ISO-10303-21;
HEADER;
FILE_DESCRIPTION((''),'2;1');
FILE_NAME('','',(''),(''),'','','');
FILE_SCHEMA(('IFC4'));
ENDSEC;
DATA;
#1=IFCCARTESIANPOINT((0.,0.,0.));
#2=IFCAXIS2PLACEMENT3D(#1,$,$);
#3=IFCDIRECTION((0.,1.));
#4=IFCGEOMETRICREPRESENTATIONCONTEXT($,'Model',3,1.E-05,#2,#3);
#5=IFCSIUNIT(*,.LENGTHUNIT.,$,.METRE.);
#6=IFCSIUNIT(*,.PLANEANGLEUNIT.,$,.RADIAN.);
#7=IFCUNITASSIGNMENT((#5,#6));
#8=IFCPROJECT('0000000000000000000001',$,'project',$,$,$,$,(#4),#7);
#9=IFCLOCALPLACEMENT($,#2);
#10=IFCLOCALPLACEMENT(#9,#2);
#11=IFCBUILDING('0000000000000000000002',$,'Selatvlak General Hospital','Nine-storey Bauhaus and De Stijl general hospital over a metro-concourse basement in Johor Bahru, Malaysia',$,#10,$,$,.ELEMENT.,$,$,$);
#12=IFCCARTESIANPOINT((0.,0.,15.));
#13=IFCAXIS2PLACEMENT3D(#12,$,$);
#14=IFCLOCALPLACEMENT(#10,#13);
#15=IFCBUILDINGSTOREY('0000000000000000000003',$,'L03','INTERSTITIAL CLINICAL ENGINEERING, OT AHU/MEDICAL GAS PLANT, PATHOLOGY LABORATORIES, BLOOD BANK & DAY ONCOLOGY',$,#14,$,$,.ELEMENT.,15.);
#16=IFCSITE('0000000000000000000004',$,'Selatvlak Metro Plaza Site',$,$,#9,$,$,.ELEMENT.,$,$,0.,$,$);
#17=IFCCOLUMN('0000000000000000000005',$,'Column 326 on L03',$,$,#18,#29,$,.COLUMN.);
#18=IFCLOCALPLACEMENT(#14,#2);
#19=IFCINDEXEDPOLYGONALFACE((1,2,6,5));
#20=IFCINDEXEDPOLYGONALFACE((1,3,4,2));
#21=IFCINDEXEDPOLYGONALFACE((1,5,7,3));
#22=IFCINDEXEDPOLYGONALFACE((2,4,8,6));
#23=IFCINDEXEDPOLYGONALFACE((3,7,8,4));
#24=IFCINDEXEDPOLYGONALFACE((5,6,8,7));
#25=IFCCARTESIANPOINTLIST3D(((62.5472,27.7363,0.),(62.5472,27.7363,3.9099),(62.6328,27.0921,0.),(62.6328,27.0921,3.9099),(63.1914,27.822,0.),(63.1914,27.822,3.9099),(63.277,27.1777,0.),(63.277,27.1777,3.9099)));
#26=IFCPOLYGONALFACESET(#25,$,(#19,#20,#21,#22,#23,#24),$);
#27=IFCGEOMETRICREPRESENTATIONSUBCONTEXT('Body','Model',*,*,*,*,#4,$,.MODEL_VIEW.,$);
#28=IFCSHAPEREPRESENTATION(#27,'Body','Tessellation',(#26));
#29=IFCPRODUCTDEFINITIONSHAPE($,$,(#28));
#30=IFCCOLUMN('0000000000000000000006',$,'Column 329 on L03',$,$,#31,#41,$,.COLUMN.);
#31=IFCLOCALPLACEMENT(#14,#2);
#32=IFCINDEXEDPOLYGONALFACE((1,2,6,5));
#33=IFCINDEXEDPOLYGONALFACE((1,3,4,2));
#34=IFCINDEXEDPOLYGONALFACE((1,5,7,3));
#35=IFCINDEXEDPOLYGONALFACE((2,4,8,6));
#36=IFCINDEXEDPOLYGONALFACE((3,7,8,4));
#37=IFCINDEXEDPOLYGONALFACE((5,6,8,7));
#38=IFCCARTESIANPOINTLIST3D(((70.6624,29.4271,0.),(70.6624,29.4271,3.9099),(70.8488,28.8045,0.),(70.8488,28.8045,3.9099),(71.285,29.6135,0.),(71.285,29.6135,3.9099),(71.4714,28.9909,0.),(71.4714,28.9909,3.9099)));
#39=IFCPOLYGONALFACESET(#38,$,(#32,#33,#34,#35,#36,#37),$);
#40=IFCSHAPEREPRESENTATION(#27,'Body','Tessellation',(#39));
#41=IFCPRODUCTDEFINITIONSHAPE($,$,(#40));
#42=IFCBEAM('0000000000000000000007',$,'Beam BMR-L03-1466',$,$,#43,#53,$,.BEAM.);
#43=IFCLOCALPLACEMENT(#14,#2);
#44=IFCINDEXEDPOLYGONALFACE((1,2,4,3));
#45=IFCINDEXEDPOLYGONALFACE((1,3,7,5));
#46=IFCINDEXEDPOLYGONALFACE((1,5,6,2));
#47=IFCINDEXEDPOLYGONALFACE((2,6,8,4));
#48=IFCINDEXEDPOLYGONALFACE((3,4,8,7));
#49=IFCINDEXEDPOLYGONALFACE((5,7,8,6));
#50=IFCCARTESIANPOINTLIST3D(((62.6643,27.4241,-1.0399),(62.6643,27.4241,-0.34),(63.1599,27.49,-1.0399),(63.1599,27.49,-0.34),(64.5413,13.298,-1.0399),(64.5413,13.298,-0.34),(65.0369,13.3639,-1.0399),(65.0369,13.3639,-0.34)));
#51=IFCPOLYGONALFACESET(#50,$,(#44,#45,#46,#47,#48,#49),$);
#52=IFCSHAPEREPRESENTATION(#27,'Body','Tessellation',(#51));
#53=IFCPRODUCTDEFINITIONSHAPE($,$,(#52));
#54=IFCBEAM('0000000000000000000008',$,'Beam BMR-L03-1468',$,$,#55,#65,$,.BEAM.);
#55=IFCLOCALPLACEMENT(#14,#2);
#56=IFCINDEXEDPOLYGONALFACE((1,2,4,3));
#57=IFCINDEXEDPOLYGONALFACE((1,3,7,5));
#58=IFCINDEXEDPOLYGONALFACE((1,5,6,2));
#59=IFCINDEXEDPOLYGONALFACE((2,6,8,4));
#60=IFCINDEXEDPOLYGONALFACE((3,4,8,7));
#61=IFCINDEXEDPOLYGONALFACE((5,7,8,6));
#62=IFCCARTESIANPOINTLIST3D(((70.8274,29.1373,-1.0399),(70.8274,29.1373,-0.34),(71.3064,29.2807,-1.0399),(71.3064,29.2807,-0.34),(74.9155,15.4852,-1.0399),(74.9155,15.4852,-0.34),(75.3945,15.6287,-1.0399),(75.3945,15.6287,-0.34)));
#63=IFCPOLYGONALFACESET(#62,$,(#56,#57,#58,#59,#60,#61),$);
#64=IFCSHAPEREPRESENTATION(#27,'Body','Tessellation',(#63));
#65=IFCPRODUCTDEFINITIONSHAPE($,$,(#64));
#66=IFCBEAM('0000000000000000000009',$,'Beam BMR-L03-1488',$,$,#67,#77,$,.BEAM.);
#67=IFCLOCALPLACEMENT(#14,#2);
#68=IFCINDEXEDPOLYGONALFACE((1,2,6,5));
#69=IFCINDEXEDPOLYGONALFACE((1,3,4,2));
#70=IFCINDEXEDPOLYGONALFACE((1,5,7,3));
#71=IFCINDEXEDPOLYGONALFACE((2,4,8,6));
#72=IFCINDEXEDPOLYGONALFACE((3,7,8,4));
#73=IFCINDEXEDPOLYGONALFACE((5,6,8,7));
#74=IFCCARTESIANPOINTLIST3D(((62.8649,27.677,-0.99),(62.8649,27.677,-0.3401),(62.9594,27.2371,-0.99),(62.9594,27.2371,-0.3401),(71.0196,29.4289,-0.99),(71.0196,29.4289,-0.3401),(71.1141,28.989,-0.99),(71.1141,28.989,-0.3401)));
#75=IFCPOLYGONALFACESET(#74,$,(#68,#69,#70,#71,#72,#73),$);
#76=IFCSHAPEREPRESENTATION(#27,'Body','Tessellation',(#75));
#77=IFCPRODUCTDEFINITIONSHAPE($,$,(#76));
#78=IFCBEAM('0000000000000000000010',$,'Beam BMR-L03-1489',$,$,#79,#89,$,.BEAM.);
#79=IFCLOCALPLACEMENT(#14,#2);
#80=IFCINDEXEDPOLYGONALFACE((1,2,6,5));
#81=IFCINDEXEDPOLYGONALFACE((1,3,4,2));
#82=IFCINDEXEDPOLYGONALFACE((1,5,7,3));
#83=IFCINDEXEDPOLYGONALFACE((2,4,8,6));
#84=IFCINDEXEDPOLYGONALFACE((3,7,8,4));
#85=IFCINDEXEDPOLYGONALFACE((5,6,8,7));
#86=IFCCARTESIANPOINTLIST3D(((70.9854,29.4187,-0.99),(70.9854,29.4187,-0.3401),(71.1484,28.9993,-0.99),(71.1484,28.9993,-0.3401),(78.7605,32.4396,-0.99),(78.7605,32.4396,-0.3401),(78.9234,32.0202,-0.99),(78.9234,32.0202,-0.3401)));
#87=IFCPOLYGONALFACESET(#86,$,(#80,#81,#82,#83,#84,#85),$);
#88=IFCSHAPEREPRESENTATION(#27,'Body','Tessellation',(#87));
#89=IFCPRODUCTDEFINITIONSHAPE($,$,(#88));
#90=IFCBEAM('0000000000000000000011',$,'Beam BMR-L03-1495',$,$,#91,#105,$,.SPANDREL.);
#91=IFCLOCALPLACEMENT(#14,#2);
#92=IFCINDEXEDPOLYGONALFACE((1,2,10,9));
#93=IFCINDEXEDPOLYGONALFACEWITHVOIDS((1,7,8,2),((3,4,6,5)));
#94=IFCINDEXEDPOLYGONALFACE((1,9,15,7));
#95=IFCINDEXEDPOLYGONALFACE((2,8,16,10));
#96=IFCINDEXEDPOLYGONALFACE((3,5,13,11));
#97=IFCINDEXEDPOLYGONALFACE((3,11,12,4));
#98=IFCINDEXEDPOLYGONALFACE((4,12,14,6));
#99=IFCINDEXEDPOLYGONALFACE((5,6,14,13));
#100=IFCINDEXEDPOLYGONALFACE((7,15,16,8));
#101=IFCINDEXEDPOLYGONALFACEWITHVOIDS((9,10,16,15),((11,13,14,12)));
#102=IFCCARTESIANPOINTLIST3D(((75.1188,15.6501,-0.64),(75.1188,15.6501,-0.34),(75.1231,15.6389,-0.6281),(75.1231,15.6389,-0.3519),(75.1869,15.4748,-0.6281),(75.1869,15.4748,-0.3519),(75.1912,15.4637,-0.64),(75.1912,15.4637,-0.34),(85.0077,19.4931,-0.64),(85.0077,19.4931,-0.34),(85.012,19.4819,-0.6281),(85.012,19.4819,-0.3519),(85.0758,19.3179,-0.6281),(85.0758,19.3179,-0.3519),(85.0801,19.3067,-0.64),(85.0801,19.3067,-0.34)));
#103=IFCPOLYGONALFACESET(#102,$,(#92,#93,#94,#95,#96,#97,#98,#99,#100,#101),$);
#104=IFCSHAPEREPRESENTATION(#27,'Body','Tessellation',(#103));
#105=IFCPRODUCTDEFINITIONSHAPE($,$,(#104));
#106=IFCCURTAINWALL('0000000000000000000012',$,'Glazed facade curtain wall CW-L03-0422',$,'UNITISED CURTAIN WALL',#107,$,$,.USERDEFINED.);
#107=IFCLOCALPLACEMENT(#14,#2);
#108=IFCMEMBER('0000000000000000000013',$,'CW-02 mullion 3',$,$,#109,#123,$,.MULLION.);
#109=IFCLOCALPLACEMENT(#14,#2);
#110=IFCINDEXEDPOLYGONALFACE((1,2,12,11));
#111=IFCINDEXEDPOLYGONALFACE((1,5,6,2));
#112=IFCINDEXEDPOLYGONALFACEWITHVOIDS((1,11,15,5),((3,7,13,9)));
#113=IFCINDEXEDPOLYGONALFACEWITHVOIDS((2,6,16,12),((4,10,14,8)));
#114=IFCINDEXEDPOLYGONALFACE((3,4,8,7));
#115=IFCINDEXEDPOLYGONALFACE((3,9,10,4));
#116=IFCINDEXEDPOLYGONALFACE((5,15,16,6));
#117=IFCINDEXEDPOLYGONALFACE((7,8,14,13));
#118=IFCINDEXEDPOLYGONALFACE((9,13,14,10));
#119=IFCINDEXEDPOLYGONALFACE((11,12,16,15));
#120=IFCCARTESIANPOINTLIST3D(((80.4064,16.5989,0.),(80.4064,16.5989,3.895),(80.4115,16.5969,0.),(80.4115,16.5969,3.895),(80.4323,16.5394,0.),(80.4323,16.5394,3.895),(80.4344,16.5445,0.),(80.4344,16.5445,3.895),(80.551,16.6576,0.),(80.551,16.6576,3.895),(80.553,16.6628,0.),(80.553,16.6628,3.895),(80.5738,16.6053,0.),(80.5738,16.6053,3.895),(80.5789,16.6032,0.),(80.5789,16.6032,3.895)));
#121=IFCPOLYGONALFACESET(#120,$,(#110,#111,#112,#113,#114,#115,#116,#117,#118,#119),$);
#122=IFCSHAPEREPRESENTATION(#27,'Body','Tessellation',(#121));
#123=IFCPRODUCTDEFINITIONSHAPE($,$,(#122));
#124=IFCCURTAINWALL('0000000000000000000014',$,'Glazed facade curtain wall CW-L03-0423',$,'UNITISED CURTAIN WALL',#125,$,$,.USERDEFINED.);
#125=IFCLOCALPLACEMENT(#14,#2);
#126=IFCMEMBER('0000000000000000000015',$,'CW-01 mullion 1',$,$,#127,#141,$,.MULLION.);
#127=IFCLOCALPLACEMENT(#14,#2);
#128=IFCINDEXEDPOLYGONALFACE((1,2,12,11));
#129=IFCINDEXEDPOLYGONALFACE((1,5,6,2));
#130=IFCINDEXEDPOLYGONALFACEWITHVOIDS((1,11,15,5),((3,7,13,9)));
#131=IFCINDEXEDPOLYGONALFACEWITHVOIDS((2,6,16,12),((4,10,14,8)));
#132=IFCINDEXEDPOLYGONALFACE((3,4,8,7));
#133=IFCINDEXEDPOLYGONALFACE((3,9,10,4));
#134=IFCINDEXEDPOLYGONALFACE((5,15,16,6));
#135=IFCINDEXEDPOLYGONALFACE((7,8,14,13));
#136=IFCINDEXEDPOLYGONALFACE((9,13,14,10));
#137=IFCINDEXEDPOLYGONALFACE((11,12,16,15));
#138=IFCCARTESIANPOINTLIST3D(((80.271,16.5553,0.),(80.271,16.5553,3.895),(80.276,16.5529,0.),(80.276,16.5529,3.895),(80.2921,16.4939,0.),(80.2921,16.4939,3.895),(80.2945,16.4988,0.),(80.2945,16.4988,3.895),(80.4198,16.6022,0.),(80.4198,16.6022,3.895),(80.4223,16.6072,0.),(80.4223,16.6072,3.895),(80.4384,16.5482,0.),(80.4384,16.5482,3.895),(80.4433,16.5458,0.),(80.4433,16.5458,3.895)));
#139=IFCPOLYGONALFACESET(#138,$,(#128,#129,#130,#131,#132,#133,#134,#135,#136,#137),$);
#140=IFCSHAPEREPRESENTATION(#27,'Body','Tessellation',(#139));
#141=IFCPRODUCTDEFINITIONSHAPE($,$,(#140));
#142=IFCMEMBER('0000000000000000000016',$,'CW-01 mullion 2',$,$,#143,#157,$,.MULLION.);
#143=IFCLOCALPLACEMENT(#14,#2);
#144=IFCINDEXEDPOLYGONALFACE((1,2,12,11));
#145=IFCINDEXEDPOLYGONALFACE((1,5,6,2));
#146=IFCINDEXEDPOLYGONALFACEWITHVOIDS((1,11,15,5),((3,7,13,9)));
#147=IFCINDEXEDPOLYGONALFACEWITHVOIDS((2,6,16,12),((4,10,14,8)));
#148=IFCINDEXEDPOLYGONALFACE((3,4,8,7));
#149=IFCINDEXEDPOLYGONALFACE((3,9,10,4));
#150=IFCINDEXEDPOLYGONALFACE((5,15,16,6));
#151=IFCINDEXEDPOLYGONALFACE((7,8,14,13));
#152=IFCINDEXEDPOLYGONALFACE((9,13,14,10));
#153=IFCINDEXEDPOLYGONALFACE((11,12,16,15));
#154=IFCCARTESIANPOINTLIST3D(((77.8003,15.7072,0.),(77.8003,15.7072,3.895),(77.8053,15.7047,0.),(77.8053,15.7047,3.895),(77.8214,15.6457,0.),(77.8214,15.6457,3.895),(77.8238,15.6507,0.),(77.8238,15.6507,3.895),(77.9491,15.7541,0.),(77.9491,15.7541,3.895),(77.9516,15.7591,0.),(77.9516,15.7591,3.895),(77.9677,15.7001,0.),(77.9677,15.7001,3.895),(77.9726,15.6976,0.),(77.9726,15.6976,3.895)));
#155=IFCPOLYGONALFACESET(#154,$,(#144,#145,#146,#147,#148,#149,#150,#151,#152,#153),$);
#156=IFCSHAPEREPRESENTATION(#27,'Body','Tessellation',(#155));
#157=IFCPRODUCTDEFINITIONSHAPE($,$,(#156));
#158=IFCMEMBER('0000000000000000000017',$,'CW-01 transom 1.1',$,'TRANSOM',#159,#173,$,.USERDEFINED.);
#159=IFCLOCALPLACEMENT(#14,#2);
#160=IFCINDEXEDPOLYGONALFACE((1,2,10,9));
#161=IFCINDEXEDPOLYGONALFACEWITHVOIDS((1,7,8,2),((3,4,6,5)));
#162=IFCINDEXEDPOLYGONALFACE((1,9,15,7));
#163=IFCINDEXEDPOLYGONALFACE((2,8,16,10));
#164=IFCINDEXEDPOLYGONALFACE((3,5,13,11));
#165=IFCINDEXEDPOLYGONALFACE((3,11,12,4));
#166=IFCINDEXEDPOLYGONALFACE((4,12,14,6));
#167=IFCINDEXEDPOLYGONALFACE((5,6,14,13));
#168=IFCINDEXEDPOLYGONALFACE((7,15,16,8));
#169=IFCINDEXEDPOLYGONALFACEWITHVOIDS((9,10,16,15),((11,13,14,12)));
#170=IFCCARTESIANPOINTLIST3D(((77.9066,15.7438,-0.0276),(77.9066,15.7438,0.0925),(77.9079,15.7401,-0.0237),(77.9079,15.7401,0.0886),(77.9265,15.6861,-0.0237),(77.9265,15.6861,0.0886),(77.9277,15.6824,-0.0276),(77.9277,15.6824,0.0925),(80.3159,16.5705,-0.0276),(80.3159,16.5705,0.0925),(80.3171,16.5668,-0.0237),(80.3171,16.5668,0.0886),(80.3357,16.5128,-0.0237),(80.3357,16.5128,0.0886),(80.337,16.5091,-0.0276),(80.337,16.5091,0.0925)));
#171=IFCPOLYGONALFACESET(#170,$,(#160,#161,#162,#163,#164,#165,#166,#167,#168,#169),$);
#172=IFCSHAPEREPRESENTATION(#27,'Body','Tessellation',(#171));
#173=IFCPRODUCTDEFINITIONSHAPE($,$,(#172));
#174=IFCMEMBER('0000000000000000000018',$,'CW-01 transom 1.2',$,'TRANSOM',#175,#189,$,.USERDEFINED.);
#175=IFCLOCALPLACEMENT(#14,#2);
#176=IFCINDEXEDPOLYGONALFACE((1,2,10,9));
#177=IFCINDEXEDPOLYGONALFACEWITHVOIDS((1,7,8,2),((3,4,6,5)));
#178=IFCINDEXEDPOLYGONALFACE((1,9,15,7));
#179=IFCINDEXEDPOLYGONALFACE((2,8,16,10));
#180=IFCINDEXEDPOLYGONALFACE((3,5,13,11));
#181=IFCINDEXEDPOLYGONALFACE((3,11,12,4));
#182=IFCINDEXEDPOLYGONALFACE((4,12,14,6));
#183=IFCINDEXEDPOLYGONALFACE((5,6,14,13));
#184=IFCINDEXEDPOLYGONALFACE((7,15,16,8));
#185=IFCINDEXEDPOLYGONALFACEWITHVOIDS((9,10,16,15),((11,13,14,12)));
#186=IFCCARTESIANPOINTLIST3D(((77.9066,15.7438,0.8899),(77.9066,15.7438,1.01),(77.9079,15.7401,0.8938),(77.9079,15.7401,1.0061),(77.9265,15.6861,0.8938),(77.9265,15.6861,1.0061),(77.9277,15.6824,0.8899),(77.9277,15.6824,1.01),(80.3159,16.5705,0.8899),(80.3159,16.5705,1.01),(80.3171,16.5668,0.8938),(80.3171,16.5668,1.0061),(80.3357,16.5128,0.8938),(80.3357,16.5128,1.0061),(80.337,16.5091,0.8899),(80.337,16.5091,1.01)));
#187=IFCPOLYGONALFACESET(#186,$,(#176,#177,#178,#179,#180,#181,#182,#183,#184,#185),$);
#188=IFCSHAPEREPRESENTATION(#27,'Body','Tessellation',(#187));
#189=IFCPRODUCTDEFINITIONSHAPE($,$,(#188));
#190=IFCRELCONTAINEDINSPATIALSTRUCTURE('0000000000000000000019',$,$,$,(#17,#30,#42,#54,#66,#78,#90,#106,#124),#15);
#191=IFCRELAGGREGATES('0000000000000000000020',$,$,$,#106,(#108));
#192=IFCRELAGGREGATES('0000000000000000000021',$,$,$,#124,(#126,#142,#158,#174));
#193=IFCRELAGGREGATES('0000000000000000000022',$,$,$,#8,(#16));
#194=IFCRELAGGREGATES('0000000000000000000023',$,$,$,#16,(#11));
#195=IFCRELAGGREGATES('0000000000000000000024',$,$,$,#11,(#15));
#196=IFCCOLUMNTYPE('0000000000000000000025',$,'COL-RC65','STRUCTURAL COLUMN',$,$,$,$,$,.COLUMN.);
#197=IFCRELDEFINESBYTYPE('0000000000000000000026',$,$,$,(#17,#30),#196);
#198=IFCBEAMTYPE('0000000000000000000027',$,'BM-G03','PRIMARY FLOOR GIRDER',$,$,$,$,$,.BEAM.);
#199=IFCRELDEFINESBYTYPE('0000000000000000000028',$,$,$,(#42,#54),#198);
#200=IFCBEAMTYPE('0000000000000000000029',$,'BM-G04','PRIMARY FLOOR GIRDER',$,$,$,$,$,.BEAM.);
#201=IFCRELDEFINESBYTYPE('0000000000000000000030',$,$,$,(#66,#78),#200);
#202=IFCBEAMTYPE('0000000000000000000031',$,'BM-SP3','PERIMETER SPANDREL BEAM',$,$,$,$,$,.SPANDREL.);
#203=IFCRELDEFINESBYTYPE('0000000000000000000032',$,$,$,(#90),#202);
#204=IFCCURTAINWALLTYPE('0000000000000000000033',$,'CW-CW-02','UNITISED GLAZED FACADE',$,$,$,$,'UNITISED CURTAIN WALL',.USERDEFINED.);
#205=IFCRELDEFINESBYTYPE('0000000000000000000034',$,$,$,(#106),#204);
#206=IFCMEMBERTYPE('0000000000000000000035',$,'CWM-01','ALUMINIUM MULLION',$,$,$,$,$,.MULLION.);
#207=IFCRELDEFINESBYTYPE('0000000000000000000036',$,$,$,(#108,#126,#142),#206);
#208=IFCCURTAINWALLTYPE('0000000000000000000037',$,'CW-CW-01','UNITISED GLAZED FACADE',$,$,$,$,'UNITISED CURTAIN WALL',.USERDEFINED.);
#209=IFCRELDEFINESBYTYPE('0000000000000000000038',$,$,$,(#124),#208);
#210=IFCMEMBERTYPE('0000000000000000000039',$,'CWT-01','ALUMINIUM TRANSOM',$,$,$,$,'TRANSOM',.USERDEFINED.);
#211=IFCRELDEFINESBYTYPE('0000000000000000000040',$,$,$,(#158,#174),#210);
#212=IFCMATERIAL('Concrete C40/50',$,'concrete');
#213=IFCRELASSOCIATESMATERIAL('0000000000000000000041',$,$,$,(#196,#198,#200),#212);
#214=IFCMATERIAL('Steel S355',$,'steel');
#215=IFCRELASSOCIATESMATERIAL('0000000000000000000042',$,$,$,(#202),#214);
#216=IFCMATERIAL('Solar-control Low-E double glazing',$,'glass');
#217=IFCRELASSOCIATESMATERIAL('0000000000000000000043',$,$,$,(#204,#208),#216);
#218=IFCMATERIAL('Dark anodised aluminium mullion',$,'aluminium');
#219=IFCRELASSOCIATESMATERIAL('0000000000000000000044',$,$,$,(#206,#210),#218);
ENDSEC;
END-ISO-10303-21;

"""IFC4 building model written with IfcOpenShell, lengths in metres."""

from ifc_helpers import new_model, si_unit, direction, frame, origin, origin_2d, place, context, subcontext, project, spatial, rectangle, hollow_rectangle, extrude, material, material_profile, profile_set, type_object, element, aggregate, save


model = new_model("IFC4")

# Units and contexts
model_context = context("Model", 3, precision=1e-05, world=origin(), true_north=direction((0.0, 1.0)))
body_context = subcontext(model_context, "Body", "Model", "MODEL_VIEW")
ifc_project = project(units=[si_unit("LENGTHUNIT", "METRE"), si_unit("PLANEANGLEUNIT", "RADIAN")], contexts=[model_context])

# Site, building, storey
site_placement = place(None, origin())
site = spatial("IfcSite", under=ifc_project, at=site_placement, Name="Selatvlak Metro Plaza Site", CompositionType="ELEMENT", RefElevation=0.0)
building_placement = place(site_placement, origin())
building = spatial("IfcBuilding", under=site, at=building_placement, Name="Selatvlak General Hospital", Description="Nine-storey Bauhaus and De Stijl general hospital over a metro-concourse basement in Johor Bahru, Malaysia", CompositionType="ELEMENT")
storey_placement = place(building_placement, frame((0.0, 0.0, 15.0)))
storey = spatial("IfcBuildingStorey", under=building, at=storey_placement, Name="L03", Description="INTERSTITIAL CLINICAL ENGINEERING, OT AHU/MEDICAL GAS PLANT, PATHOLOGY LABORATORIES, BLOOD BANK & DAY ONCOLOGY", CompositionType="ELEMENT", Elevation=15.0)

# Columns
ifc_material_1 = material(Name="Concrete C40/50", Category="concrete")
ifc_material_profile_1 = material_profile(ifc_material_1, rectangle(XDim=0.6499, YDim=0.6499, at=origin_2d()), Name="RC-COL 650x650")
ifc_profile_set_1 = profile_set([ifc_material_profile_1], Name="Concrete C40/50")
column_type = type_object("IfcColumnType", Name="COL-RC65", Description="STRUCTURAL COLUMN", PredefinedType="COLUMN", material=ifc_profile_set_1)
for number, where, z_axis, x_axis, name in (
    (1, (62.9121, 27.457, 0.0), (0.0, 0.0, 1.0), (-0.131737, 0.991285, 0.0), "Column 326 on L03"),
    (2, (71.0669, 29.209, 0.0), (0.0, 0.0, 1.0), (-0.286859, 0.957973, 0.0), "Column 329 on L03"),
):
    element("IfcColumn", number, at=place(storey_placement, frame(where, z_axis=z_axis, x_axis=x_axis)), inside=storey, type_object=column_type, Name=name, PredefinedType="COLUMN", context=body_context, shape_type="SweptSolid", body=[
        extrude(rectangle(XDim=0.6499, YDim=0.6499, at=origin_2d()), origin(), (0.0, 0.0, 1.0), 3.9099),
    ])

# Beams
ifc_material_profile_2 = material_profile(ifc_material_1, rectangle(XDim=0.5, YDim=0.7, at=origin_2d()), Name="RC-BM 500x700")
ifc_profile_set_2 = profile_set([ifc_material_profile_2], Name="Concrete C40/50")
beam_type_1 = type_object("IfcBeamType", Name="BM-G03", Description="PRIMARY FLOOR GIRDER", PredefinedType="BEAM", material=ifc_profile_set_2)
beam_1_placement = place(storey_placement, frame((62.9121, 27.457, -0.6899), z_axis=(0.131715, -0.991288, 0.0), x_axis=(0.991288, 0.131715, 0.0)))
element("IfcBeam", 3, at=beam_1_placement, inside=storey, type_object=beam_type_1, Name="Beam BMR-L03-1466", PredefinedType="BEAM", context=body_context, shape_type="SweptSolid", body=[
    extrude(rectangle(XDim=0.5, YDim=0.7, at=origin_2d()), origin(), (0.0, 0.0, 1.0), 14.2502),
])
beam_2_placement = place(storey_placement, frame((71.0669, 29.209, -0.6899), z_axis=(0.286865, -0.957971, 0.0), x_axis=(0.957971, 0.286865, 0.0)))
element("IfcBeam", 4, at=beam_2_placement, inside=storey, type_object=beam_type_1, Name="Beam BMR-L03-1468", PredefinedType="BEAM", context=body_context, shape_type="SweptSolid", body=[
    extrude(rectangle(XDim=0.5, YDim=0.7, at=origin_2d()), origin(), (0.0, 0.0, 1.0), 14.251),
])
ifc_material_profile_3 = material_profile(ifc_material_1, rectangle(XDim=0.45, YDim=0.6499, at=origin_2d()), Name="RC-BM 450x650")
ifc_profile_set_3 = profile_set([ifc_material_profile_3], Name="Concrete C40/50")
beam_type_2 = type_object("IfcBeamType", Name="BM-G04", Description="PRIMARY FLOOR GIRDER", PredefinedType="BEAM", material=ifc_profile_set_3)
beam_3_placement = place(storey_placement, frame((62.9121, 27.457, -0.665), z_axis=(0.977692, 0.210045, 0.0), x_axis=(-0.210045, 0.977692, 0.0)))
element("IfcBeam", 5, at=beam_3_placement, inside=storey, type_object=beam_type_2, Name="Beam BMR-L03-1488", PredefinedType="BEAM", context=body_context, shape_type="SweptSolid", body=[
    extrude(rectangle(XDim=0.45, YDim=0.6499, at=origin_2d()), origin(), (0.0, 0.0, 1.0), 8.3408),
])
beam_4_placement = place(storey_placement, frame((71.0669, 29.209, -0.665), z_axis=(0.932113, 0.362168, 0.0), x_axis=(-0.362168, 0.932113, 0.0)))
element("IfcBeam", 6, at=beam_4_placement, inside=storey, type_object=beam_type_2, Name="Beam BMR-L03-1489", PredefinedType="BEAM", context=body_context, shape_type="SweptSolid", body=[
    extrude(rectangle(XDim=0.45, YDim=0.6499, at=origin_2d()), origin(), (0.0, 0.0, 1.0), 8.3413),
])
ifc_material_2 = material(Name="Steel S355", Category="steel")
ifc_material_profile_4 = material_profile(ifc_material_2, hollow_rectangle(XDim=0.2, YDim=0.3, WallThickness=0.012, at=origin_2d()), Name="RHS 300x200x12")
ifc_profile_set_4 = profile_set([ifc_material_profile_4], Name="Steel S355")
beam_type_3 = type_object("IfcBeamType", Name="BM-SP3", Description="PERIMETER SPANDREL BEAM", PredefinedType="SPANDREL", material=ifc_profile_set_4)
beam_5_placement = place(storey_placement, frame((75.155, 15.5569, -0.49), z_axis=(0.93209, 0.362227, 0.0), x_axis=(-0.362227, 0.93209, 0.0)))
element("IfcBeam", 7, at=beam_5_placement, inside=storey, type_object=beam_type_3, Name="Beam BMR-L03-1495", PredefinedType="SPANDREL", context=body_context, shape_type="SweptSolid", body=[
    extrude(hollow_rectangle(XDim=0.2, YDim=0.3, WallThickness=0.012, at=origin_2d()), origin(), (0.0, 0.0, 1.0), 10.6094),
])

# Curtain wall, member
ifc_material_3 = material(Name="Solar-control Low-E double glazing", Category="glass")
curtain_wall_type_1 = type_object("IfcCurtainWallType", Name="CW-CW-02", Description="UNITISED GLAZED FACADE", ElementType="UNITISED CURTAIN WALL", PredefinedType="USERDEFINED", material=ifc_material_3)
curtain_wall_1_placement = place(storey_placement, origin())
curtain_wall_1 = element("IfcCurtainWall", 8, at=curtain_wall_1_placement, inside=storey, type_object=curtain_wall_type_1, Name="Glazed facade curtain wall CW-L03-0422", ObjectType="UNITISED CURTAIN WALL", PredefinedType="USERDEFINED")
ifc_material_4 = material(Name="Dark anodised aluminium mullion", Category="aluminium")
ifc_material_profile_5 = material_profile(ifc_material_4, hollow_rectangle(XDim=0.0649, YDim=0.1599, WallThickness=0.0039, at=origin_2d()), Name="AL-MUL 65x160x4")
ifc_profile_set_5 = profile_set([ifc_material_profile_5], Name="Dark anodised aluminium mullion")
member_type_1 = type_object("IfcMemberType", Name="CWM-01", Description="ALUMINIUM MULLION", PredefinedType="MULLION", material=ifc_profile_set_5)
member_1_placement = place(storey_placement, frame((80.4927, 16.6011, 0.0), z_axis=(0.0, 0.0, 1.0), x_axis=(0.39939, -0.916781, 0.0)))
member_1 = element("IfcMember", 9, at=member_1_placement, type_object=member_type_1, Name="CW-02 mullion 3", PredefinedType="MULLION", context=body_context, shape_type="SweptSolid", body=[
    extrude(hollow_rectangle(XDim=0.0649, YDim=0.1599, WallThickness=0.0039, at=origin_2d()), origin(), (0.0, 0.0, 1.0), 3.895),
])
aggregate(curtain_wall_1, [member_1])

# Curtain wall, members
curtain_wall_type_2 = type_object("IfcCurtainWallType", Name="CW-CW-01", Description="UNITISED GLAZED FACADE", ElementType="UNITISED CURTAIN WALL", PredefinedType="USERDEFINED", material=ifc_material_3)
curtain_wall_2_placement = place(storey_placement, origin())
curtain_wall_2 = element("IfcCurtainWall", 10, at=curtain_wall_2_placement, inside=storey, type_object=curtain_wall_type_2, Name="Glazed facade curtain wall CW-L03-0423", ObjectType="UNITISED CURTAIN WALL", PredefinedType="USERDEFINED")
member_2_placement = place(storey_placement, frame((80.3572, 16.5505, 0.0), z_axis=(0.0, 0.0, 1.0), x_axis=(0.324609, -0.945848, 0.0)))
member_2 = element("IfcMember", 11, at=member_2_placement, type_object=member_type_1, Name="CW-01 mullion 1", PredefinedType="MULLION", context=body_context, shape_type="SweptSolid", body=[
    extrude(hollow_rectangle(XDim=0.0649, YDim=0.1599, WallThickness=0.0039, at=origin_2d()), origin(), (0.0, 0.0, 1.0), 3.895),
])
member_3_placement = place(storey_placement, frame((77.8865, 15.7024, 0.0), z_axis=(0.0, 0.0, 1.0), x_axis=(0.324609, -0.945848, 0.0)))
member_3 = element("IfcMember", 12, at=member_3_placement, type_object=member_type_1, Name="CW-01 mullion 2", PredefinedType="MULLION", context=body_context, shape_type="SweptSolid", body=[
    extrude(hollow_rectangle(XDim=0.0649, YDim=0.1599, WallThickness=0.0039, at=origin_2d()), origin(), (0.0, 0.0, 1.0), 3.895),
])
ifc_material_profile_6 = material_profile(ifc_material_4, hollow_rectangle(XDim=0.0649, YDim=0.1201, WallThickness=0.0039, at=origin_2d()), Name="AL-TRN 65x120x4")
ifc_profile_set_6 = profile_set([ifc_material_profile_6], Name="Dark anodised aluminium mullion")
member_type_2 = type_object("IfcMemberType", Name="CWT-01", Description="ALUMINIUM TRANSOM", ElementType="TRANSOM", PredefinedType="USERDEFINED", material=ifc_profile_set_6)
member_4_placement = place(storey_placement, frame((80.3264, 16.5398, 0.0325), z_axis=(-0.945867, -0.324555, 0.0), x_axis=(0.324555, -0.945867, 0.0)))
member_4 = element("IfcMember", 13, at=member_4_placement, type_object=member_type_2, Name="CW-01 transom 1.1", ObjectType="TRANSOM", PredefinedType="USERDEFINED", context=body_context, shape_type="SweptSolid", body=[
    extrude(hollow_rectangle(XDim=0.0649, YDim=0.1201, WallThickness=0.0039, at=origin_2d()), origin(), (0.0, 0.0, 1.0), 2.5471),
])
member_5_placement = place(storey_placement, frame((80.3264, 16.5398, 0.95), z_axis=(-0.945867, -0.324555, 0.0), x_axis=(0.324555, -0.945867, 0.0)))
member_5 = element("IfcMember", 14, at=member_5_placement, type_object=member_type_2, Name="CW-01 transom 1.2", ObjectType="TRANSOM", PredefinedType="USERDEFINED", context=body_context, shape_type="SweptSolid", body=[
    extrude(hollow_rectangle(XDim=0.0649, YDim=0.1201, WallThickness=0.0039, at=origin_2d()), origin(), (0.0, 0.0, 1.0), 2.5471),
])
aggregate(curtain_wall_2, [member_2, member_3, member_4, member_5])

save(model, "model.ifc")
